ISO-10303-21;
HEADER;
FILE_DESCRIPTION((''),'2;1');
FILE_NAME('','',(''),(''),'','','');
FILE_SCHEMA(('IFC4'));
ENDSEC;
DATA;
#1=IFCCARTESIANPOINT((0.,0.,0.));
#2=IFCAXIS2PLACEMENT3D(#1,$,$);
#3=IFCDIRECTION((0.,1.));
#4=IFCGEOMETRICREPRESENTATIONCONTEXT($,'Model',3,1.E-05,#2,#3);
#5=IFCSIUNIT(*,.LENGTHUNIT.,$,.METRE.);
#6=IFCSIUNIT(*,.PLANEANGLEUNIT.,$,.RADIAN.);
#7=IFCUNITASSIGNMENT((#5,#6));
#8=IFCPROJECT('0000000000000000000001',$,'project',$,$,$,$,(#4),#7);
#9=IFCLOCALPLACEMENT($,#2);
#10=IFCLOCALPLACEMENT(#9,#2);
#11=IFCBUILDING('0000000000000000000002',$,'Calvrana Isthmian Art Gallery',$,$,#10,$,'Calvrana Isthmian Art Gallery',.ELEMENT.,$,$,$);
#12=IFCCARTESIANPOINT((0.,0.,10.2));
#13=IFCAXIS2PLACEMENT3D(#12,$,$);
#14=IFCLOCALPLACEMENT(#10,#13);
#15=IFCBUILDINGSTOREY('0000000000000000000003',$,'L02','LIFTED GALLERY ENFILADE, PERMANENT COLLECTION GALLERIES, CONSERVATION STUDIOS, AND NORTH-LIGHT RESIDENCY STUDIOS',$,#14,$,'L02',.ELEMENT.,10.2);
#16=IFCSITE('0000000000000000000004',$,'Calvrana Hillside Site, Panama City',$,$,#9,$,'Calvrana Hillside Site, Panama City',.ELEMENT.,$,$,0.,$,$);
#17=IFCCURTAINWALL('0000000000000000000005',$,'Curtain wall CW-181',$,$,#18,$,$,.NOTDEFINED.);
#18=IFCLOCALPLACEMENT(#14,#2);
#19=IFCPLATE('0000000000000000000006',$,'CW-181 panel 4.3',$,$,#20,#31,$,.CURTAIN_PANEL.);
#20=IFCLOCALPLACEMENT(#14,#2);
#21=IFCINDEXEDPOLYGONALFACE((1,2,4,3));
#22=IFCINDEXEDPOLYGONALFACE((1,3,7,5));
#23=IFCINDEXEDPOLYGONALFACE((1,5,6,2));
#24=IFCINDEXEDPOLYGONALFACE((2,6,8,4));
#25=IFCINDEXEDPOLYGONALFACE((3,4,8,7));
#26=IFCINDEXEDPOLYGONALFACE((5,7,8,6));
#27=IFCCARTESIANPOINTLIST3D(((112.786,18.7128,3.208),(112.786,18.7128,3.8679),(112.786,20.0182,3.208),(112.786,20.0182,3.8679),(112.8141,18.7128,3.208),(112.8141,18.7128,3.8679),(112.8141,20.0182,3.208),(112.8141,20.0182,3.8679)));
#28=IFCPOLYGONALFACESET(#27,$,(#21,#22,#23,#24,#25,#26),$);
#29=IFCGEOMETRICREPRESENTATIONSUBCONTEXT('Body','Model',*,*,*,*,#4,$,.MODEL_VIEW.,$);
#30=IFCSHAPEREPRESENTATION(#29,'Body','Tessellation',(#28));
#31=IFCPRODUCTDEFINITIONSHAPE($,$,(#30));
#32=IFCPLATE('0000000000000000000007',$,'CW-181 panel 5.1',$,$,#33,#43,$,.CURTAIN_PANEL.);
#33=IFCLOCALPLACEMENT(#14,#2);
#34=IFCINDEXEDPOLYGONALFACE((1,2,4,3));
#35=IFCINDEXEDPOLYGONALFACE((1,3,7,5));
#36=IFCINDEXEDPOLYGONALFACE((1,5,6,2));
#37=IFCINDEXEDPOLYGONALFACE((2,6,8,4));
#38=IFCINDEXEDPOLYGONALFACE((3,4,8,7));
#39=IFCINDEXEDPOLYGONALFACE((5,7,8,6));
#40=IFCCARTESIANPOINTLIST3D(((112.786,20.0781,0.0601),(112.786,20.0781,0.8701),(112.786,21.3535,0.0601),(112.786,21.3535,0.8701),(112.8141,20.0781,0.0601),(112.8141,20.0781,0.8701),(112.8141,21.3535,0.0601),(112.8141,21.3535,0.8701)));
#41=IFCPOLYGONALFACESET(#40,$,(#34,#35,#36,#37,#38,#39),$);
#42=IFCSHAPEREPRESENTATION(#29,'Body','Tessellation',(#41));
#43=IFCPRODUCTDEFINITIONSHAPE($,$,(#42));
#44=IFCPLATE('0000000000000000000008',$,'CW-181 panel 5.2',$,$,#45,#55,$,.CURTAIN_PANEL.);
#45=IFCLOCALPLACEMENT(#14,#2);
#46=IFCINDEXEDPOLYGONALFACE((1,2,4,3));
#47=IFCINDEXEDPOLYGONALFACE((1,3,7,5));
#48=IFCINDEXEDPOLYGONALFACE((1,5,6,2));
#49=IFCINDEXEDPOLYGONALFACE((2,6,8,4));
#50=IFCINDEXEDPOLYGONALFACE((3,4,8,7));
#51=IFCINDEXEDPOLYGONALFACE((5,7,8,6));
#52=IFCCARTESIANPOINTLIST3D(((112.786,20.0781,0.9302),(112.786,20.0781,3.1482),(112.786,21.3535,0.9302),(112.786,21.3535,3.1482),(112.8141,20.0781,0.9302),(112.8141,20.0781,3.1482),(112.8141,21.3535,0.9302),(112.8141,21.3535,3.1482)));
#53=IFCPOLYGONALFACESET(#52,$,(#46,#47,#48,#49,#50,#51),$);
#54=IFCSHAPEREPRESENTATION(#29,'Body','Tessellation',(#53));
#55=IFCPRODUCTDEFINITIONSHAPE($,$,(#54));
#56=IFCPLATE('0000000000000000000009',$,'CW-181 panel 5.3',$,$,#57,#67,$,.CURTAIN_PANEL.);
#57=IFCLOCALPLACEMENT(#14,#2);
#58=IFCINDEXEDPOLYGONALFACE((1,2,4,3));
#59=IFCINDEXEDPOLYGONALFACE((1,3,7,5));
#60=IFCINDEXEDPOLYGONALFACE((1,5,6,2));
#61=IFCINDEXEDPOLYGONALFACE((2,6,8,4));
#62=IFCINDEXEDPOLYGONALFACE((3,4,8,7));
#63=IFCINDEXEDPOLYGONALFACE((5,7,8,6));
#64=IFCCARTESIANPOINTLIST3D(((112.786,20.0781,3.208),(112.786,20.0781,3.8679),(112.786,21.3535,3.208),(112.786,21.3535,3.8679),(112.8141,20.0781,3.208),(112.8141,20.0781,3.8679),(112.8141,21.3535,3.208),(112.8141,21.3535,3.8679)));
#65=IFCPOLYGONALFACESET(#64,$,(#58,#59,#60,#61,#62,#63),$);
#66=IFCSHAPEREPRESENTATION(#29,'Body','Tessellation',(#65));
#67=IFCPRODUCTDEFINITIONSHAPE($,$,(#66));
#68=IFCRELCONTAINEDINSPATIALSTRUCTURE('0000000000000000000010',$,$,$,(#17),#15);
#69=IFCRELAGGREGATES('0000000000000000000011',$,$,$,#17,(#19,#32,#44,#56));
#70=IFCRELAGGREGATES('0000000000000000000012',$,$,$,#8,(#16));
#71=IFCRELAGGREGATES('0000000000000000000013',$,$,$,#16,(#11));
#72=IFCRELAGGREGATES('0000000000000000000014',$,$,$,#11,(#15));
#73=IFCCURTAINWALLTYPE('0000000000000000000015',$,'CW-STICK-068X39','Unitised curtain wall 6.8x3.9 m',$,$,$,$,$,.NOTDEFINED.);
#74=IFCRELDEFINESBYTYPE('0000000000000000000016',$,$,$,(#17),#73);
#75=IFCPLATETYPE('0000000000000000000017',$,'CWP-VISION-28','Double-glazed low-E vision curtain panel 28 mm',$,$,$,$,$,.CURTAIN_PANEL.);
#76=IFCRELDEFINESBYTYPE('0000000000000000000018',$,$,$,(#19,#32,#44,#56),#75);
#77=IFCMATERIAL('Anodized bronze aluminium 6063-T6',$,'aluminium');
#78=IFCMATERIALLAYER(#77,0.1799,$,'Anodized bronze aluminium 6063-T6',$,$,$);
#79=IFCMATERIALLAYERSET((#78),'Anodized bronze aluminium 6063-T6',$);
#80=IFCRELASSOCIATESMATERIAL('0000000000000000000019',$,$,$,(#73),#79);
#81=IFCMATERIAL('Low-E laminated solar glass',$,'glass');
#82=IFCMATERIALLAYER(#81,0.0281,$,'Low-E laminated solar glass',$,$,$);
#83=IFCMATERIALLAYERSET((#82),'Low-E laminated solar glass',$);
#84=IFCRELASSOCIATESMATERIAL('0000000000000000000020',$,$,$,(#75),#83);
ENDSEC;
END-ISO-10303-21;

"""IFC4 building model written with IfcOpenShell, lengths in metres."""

from ifc_helpers import new_model, si_unit, direction, frame, origin, origin_2d, place, context, subcontext, project, spatial, rectangle, extrude, material, layer, layer_set, type_object, element, aggregate, save


model = new_model("IFC4")

# Units and contexts
model_context = context("Model", 3, precision=1e-05, world=origin(), true_north=direction((0.0, 1.0)))
body_context = subcontext(model_context, "Body", "Model", "MODEL_VIEW")
ifc_project = project(units=[si_unit("LENGTHUNIT", "METRE"), si_unit("PLANEANGLEUNIT", "RADIAN")], contexts=[model_context])

# Site, building, storey
site_placement = place(None, origin())
site = spatial("IfcSite", under=ifc_project, at=site_placement, Name="Calvrana Hillside Site, Panama City", LongName="Calvrana Hillside Site, Panama City", CompositionType="ELEMENT", RefElevation=0.0)
building_placement = place(site_placement, origin())
building = spatial("IfcBuilding", under=site, at=building_placement, Name="Calvrana Isthmian Art Gallery", LongName="Calvrana Isthmian Art Gallery", CompositionType="ELEMENT")
storey_placement = place(building_placement, frame((0.0, 0.0, 10.2)))
storey = spatial("IfcBuildingStorey", under=building, at=storey_placement, Name="L02", Description="LIFTED GALLERY ENFILADE, PERMANENT COLLECTION GALLERIES, CONSERVATION STUDIOS, AND NORTH-LIGHT RESIDENCY STUDIOS", LongName="L02", CompositionType="ELEMENT", Elevation=10.2)

# Curtain wall, plates
ifc_material_1 = material(Name="Anodized bronze aluminium 6063-T6", Category="aluminium")
ifc_layer_1 = layer(ifc_material_1, 0.1799, Name="Anodized bronze aluminium 6063-T6")
ifc_layer_set_1 = layer_set([ifc_layer_1], Name="Anodized bronze aluminium 6063-T6")
curtain_wall_type = type_object("IfcCurtainWallType", Name="CW-STICK-068X39", Description="Unitised curtain wall 6.8x3.9 m", PredefinedType="NOTDEFINED", material=ifc_layer_set_1)
curtain_wall_placement = place(storey_placement, origin())
curtain_wall = element("IfcCurtainWall", 1, at=curtain_wall_placement, inside=storey, type_object=curtain_wall_type, Name="Curtain wall CW-181", PredefinedType="NOTDEFINED")
ifc_material_2 = material(Name="Low-E laminated solar glass", Category="glass")
ifc_layer_2 = layer(ifc_material_2, 0.0281, Name="Low-E laminated solar glass")
ifc_layer_set_2 = layer_set([ifc_layer_2], Name="Low-E laminated solar glass")
plate_type = type_object("IfcPlateType", Name="CWP-VISION-28", Description="Double-glazed low-E vision curtain panel 28 mm", PredefinedType="CURTAIN_PANEL", material=ifc_layer_set_2)
plate_1_placement = place(storey_placement, frame((112.8, 19.3655, 3.208), z_axis=(0.0, 0.0, 1.0), x_axis=(0.0, 1.0, 0.0)))
plate_1 = element("IfcPlate", 2, at=plate_1_placement, type_object=plate_type, Name="CW-181 panel 4.3", PredefinedType="CURTAIN_PANEL", context=body_context, shape_type="SweptSolid", body=[
    extrude(rectangle(XDim=1.3054, YDim=0.0281, at=origin_2d()), origin(), (0.0, 0.0, 1.0), 0.6599),
])
plate_2_placement = place(storey_placement, frame((112.8, 20.7158, 0.0601), z_axis=(0.0, 0.0, 1.0), x_axis=(0.0, 1.0, 0.0)))
plate_2 = element("IfcPlate", 3, at=plate_2_placement, type_object=plate_type, Name="CW-181 panel 5.1", PredefinedType="CURTAIN_PANEL", context=body_context, shape_type="SweptSolid", body=[
    extrude(rectangle(XDim=1.2754, YDim=0.0281, at=origin_2d()), origin(), (0.0, 0.0, 1.0), 0.8101),
])
plate_3_placement = place(storey_placement, frame((112.8, 20.7158, 0.9302), z_axis=(0.0, 0.0, 1.0), x_axis=(0.0, 1.0, 0.0)))
plate_3 = element("IfcPlate", 4, at=plate_3_placement, type_object=plate_type, Name="CW-181 panel 5.2", PredefinedType="CURTAIN_PANEL", context=body_context, shape_type="SweptSolid", body=[
    extrude(rectangle(XDim=1.2754, YDim=0.0281, at=origin_2d()), origin(), (0.0, 0.0, 1.0), 2.218),
])
plate_4_placement = place(storey_placement, frame((112.8, 20.7158, 3.208), z_axis=(0.0, 0.0, 1.0), x_axis=(0.0, 1.0, 0.0)))
plate_4 = element("IfcPlate", 5, at=plate_4_placement, type_object=plate_type, Name="CW-181 panel 5.3", PredefinedType="CURTAIN_PANEL", context=body_context, shape_type="SweptSolid", body=[
    extrude(rectangle(XDim=1.2754, YDim=0.0281, at=origin_2d()), origin(), (0.0, 0.0, 1.0), 0.6599),
])
aggregate(curtain_wall, [plate_1, plate_2, plate_3, plate_4])

save(model, "model.ifc")
